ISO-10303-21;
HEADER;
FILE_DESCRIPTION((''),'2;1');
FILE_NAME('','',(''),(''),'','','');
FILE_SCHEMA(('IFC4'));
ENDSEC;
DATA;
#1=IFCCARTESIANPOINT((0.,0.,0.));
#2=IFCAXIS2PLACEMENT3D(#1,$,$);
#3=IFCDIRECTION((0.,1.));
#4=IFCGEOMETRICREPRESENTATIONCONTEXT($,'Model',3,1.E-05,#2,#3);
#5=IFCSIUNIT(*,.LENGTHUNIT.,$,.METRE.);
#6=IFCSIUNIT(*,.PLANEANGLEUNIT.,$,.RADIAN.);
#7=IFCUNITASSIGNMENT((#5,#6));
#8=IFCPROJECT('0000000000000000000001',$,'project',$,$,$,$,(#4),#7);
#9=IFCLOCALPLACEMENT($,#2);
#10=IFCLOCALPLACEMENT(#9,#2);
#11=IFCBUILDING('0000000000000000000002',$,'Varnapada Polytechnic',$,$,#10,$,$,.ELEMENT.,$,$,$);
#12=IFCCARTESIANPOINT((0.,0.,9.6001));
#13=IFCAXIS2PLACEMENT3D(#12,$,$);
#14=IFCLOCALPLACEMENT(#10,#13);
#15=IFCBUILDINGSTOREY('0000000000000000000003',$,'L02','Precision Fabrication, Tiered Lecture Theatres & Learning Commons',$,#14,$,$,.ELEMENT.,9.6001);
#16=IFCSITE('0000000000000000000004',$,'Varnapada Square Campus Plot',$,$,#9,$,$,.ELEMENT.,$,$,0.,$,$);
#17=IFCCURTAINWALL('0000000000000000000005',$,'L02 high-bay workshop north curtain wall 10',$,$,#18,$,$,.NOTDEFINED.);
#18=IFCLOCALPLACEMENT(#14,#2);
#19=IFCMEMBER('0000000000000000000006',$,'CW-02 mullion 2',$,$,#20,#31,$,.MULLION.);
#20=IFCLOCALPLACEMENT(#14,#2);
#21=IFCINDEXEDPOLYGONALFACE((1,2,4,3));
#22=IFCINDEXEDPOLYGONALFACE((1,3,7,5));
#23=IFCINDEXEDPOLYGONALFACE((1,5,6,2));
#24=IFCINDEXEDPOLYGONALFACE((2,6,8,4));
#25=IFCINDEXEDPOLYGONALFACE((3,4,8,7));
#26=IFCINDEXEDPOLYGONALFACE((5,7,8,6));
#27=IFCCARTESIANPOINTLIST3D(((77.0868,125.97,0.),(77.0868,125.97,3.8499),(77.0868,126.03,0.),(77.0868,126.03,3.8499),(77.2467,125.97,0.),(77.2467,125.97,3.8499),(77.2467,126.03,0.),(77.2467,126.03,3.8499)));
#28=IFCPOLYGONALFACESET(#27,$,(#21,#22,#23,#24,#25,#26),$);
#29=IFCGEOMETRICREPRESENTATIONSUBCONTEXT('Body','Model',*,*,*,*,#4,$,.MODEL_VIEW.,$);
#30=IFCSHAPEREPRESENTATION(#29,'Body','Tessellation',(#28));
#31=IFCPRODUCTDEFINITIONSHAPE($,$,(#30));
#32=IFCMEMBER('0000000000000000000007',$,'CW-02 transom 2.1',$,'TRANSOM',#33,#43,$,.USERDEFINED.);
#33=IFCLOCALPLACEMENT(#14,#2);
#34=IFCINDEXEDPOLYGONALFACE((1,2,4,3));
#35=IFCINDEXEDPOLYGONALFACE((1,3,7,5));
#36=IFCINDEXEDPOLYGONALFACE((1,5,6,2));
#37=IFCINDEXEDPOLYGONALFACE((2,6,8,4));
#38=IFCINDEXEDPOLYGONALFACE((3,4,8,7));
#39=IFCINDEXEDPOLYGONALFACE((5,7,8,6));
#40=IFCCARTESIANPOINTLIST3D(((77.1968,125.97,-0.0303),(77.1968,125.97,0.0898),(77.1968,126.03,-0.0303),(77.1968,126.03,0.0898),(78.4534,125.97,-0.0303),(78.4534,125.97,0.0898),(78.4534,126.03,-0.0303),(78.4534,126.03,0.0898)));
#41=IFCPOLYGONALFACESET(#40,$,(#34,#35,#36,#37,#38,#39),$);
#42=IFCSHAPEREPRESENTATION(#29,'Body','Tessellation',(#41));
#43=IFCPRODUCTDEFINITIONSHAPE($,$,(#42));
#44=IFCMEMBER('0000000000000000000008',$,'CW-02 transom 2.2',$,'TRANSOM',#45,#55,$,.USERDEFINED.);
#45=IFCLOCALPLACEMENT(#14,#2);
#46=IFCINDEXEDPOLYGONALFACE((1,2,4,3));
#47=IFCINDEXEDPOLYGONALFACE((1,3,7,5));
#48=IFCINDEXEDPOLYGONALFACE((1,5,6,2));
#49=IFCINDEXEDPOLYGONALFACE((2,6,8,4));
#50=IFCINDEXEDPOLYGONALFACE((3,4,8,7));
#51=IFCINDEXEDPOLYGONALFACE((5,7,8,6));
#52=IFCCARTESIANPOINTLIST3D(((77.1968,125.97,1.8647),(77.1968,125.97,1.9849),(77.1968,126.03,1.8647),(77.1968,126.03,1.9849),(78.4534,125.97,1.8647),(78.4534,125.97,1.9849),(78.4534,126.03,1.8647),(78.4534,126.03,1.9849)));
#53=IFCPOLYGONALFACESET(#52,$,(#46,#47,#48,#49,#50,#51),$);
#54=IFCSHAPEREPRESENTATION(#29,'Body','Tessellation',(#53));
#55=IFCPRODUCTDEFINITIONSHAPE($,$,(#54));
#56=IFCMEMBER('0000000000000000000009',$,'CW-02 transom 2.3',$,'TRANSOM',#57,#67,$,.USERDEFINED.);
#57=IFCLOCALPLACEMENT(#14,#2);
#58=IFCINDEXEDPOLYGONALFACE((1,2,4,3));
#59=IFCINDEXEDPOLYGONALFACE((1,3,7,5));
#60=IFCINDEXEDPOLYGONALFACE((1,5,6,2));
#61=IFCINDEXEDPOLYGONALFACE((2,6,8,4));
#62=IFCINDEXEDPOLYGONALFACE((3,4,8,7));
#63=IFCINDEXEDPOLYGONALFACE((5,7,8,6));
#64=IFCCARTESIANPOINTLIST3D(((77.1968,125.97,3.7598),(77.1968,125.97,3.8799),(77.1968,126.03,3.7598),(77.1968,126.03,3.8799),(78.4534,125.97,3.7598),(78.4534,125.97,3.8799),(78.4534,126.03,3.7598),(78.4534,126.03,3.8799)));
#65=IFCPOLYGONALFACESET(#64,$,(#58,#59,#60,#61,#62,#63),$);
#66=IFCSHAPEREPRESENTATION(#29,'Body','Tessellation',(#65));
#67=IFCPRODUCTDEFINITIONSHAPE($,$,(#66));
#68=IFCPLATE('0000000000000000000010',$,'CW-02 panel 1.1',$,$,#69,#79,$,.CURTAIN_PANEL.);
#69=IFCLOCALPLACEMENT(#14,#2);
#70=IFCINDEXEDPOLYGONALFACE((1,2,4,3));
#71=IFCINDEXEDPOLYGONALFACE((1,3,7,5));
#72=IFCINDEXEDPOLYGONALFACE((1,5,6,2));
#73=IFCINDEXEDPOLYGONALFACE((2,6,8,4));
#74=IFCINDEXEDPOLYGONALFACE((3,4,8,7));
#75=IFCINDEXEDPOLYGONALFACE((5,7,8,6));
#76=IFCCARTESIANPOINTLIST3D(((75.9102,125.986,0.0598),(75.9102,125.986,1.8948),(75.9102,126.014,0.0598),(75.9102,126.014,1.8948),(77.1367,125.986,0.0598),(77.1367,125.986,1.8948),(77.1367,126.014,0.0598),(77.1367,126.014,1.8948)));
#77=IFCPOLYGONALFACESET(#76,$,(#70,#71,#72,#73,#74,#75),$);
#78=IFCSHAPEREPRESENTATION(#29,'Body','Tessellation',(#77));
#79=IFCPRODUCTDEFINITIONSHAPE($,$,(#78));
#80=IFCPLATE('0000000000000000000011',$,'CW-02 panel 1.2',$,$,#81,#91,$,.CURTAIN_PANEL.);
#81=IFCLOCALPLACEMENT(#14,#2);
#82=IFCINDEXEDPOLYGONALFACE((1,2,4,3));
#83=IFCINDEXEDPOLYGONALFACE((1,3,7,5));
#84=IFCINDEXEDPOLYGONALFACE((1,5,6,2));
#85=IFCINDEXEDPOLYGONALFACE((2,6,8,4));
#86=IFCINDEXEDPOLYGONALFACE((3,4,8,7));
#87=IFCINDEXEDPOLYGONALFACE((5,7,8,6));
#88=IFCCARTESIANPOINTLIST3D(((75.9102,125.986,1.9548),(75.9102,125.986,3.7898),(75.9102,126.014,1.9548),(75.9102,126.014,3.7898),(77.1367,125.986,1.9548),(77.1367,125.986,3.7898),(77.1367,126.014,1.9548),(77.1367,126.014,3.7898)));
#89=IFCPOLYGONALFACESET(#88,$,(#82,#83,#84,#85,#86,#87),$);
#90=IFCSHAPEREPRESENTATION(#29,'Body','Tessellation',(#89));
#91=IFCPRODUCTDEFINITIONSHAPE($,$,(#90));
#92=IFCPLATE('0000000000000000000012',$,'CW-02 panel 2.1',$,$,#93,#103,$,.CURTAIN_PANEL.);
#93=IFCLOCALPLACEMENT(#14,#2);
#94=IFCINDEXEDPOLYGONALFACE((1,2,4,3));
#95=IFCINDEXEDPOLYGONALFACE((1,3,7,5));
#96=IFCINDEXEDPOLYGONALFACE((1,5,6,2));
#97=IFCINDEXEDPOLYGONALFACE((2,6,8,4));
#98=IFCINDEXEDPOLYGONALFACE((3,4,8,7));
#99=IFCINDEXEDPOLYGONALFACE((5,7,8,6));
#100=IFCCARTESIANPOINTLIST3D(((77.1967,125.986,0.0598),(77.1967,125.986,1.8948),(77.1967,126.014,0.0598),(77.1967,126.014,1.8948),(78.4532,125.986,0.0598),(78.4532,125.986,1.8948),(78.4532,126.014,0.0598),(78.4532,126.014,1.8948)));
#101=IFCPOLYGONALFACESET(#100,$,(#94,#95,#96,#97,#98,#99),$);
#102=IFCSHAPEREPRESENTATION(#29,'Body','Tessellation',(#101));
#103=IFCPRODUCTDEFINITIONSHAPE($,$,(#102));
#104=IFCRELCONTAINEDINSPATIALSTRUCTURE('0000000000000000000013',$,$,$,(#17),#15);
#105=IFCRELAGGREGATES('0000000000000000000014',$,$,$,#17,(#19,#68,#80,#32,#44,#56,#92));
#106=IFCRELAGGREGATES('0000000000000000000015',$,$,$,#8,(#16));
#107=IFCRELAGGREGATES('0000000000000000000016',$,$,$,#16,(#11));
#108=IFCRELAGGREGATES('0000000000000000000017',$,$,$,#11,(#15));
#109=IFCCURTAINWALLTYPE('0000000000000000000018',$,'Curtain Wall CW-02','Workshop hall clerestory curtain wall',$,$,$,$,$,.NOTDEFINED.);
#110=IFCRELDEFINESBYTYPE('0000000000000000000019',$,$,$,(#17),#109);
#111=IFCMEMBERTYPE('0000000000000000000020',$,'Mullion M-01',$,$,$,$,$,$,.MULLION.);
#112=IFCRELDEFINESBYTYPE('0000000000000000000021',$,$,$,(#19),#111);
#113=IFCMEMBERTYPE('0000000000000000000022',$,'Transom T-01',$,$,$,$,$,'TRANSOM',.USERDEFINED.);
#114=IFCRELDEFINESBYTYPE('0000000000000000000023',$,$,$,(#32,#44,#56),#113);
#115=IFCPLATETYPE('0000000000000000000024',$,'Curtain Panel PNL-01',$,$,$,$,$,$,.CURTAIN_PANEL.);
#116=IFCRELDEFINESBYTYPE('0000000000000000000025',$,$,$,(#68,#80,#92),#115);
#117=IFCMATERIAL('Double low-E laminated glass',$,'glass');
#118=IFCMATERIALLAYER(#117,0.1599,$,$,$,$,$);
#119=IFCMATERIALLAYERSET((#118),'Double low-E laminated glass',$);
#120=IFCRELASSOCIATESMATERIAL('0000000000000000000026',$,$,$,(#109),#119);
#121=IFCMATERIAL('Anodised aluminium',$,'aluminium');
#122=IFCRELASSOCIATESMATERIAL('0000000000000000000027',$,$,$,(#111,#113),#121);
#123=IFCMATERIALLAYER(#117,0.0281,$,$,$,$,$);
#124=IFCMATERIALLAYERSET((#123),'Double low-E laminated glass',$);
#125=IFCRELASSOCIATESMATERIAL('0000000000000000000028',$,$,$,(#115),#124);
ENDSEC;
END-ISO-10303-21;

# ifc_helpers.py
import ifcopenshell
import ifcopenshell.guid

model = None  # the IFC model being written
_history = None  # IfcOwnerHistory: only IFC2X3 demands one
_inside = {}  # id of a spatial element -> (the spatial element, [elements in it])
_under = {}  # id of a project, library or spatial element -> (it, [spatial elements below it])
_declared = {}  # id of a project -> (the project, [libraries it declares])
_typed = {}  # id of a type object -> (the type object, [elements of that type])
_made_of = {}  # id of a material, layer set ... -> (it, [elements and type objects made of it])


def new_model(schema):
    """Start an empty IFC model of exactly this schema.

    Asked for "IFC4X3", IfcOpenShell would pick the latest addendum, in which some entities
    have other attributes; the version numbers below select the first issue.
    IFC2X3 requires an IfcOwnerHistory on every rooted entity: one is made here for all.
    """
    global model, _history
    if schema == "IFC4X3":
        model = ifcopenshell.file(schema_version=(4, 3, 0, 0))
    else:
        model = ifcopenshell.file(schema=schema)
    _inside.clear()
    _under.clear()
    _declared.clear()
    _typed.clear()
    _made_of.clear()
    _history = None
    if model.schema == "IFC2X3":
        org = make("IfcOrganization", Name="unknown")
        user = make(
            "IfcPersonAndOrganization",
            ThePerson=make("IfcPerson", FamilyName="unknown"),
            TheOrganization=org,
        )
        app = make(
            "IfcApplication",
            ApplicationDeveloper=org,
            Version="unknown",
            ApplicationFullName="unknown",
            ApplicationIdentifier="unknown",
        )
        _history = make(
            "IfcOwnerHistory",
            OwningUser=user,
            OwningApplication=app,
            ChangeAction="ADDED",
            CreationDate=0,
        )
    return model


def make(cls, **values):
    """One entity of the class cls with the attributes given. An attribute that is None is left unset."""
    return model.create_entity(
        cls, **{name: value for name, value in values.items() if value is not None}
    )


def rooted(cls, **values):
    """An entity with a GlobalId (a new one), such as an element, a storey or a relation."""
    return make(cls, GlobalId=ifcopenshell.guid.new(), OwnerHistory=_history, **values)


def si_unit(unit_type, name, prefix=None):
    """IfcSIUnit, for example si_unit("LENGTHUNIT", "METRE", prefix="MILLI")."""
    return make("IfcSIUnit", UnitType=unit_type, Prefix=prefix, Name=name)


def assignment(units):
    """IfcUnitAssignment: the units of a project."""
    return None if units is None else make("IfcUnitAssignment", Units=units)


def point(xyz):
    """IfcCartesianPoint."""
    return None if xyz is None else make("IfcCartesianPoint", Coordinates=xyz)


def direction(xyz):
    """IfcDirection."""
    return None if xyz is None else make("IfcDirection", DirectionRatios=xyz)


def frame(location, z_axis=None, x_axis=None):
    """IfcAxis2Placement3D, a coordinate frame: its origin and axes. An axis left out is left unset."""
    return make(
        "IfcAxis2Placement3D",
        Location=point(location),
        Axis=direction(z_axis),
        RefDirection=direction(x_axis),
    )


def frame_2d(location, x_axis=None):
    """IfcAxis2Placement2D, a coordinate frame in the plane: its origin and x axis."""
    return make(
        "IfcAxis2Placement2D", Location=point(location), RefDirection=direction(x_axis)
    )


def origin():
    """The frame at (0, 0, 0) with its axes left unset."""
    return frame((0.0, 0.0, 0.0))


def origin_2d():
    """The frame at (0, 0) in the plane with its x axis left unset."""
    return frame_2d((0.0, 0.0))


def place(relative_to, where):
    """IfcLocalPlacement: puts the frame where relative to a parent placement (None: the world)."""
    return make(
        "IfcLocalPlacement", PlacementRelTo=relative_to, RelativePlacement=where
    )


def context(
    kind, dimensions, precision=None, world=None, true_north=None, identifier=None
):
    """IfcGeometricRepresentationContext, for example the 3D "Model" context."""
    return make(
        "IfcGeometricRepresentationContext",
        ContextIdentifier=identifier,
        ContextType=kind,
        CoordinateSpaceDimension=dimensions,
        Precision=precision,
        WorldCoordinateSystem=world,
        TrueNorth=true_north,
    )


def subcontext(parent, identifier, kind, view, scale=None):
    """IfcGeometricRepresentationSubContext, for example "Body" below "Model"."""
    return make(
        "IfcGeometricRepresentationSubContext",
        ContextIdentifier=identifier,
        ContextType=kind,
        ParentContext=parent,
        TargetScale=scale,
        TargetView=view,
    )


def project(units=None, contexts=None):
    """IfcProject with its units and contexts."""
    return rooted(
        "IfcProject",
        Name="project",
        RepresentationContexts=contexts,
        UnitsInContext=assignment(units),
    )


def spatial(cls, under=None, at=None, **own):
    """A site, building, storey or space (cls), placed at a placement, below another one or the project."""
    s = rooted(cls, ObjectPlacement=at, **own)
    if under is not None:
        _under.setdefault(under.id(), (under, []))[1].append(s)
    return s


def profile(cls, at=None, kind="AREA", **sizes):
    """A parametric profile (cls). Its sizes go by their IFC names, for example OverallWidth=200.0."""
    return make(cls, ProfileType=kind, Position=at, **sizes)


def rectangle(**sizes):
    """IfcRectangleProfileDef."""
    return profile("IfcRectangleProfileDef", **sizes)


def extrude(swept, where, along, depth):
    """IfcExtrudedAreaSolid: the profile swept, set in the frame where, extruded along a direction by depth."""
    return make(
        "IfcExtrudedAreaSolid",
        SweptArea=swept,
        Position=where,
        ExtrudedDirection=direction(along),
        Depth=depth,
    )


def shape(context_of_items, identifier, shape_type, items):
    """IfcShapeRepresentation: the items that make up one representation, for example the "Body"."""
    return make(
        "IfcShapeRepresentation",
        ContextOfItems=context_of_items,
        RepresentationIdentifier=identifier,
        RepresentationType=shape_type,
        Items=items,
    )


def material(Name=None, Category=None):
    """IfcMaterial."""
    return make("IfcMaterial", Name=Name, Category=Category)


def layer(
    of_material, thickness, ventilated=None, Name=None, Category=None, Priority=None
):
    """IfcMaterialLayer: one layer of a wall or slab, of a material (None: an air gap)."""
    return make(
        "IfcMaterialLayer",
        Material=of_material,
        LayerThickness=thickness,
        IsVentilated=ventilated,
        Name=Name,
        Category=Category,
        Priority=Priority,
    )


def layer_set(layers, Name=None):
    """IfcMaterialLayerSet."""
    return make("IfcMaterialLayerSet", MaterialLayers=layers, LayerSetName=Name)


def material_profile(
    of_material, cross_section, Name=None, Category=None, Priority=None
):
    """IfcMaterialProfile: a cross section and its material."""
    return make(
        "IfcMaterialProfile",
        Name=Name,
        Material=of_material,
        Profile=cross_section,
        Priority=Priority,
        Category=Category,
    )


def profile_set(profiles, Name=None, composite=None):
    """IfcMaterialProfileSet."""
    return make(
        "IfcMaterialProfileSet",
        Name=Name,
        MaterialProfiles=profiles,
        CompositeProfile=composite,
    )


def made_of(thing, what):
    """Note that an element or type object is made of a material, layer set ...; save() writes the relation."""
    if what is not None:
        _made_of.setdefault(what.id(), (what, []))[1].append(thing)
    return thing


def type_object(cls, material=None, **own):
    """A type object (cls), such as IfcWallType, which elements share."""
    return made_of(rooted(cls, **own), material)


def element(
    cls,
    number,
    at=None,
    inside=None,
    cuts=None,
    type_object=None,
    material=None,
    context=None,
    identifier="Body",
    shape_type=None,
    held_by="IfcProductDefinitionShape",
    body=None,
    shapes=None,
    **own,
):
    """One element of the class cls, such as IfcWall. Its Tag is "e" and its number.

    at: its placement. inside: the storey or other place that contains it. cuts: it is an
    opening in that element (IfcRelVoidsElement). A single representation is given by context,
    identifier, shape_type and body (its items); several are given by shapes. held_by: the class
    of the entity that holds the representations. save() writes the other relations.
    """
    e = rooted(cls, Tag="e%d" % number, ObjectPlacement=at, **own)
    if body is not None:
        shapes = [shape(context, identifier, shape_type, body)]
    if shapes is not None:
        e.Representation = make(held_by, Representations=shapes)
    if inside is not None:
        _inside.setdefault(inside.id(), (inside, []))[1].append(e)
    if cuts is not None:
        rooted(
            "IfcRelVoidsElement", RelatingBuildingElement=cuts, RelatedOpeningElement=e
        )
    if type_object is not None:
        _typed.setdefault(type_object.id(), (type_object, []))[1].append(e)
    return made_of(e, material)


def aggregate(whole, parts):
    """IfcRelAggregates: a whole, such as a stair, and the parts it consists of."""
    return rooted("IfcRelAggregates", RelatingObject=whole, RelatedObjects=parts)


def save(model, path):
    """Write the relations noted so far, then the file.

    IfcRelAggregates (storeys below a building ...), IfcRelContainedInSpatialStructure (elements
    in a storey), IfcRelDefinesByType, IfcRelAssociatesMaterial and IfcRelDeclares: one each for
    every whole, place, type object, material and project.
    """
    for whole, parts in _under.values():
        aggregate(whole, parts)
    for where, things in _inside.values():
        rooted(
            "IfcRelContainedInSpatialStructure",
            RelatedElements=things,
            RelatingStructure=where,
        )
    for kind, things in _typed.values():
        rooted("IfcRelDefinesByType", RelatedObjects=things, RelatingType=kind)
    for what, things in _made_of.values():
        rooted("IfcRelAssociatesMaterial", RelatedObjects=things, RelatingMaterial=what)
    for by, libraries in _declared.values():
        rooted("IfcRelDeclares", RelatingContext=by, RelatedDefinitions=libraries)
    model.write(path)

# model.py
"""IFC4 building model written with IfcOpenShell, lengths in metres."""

from ifc_helpers import new_model, si_unit, direction, frame, origin, origin_2d, place, context, subcontext, project, spatial, rectangle, extrude, material, layer, layer_set, material_profile, profile_set, type_object, element, aggregate, save


model = new_model("IFC4")

# Units and contexts
model_context = context("Model", 3, precision=1e-05, world=origin(), true_north=direction((0.0, 1.0)))
body_context = subcontext(model_context, "Body", "Model", "MODEL_VIEW")
ifc_project = project(units=[si_unit("LENGTHUNIT", "METRE"), si_unit("PLANEANGLEUNIT", "RADIAN")], contexts=[model_context])

# Site, building, storey
site_placement = place(None, origin())
site = spatial("IfcSite", under=ifc_project, at=site_placement, Name="Varnapada Square Campus Plot", CompositionType="ELEMENT", RefElevation=0.0)
building_placement = place(site_placement, origin())
building = spatial("IfcBuilding", under=site, at=building_placement, Name="Varnapada Polytechnic", CompositionType="ELEMENT")
storey_placement = place(building_placement, frame((0.0, 0.0, 9.6001)))
storey = spatial("IfcBuildingStorey", under=building, at=storey_placement, Name="L02", Description="Precision Fabrication, Tiered Lecture Theatres & Learning Commons", CompositionType="ELEMENT", Elevation=9.6001)

# Curtain wall, members, plates
ifc_material_1 = material(Name="Double low-E laminated glass", Category="glass")
ifc_layer_1 = layer(ifc_material_1, 0.1599)
ifc_layer_set_1 = layer_set([ifc_layer_1], Name="Double low-E laminated glass")
curtain_wall_type = type_object("IfcCurtainWallType", Name="Curtain Wall CW-02", Description="Workshop hall clerestory curtain wall", PredefinedType="NOTDEFINED", material=ifc_layer_set_1)
curtain_wall_placement = place(storey_placement, origin())
curtain_wall = element("IfcCurtainWall", 1, at=curtain_wall_placement, inside=storey, type_object=curtain_wall_type, Name="L02 high-bay workshop north curtain wall 10", PredefinedType="NOTDEFINED")
ifc_material_2 = material(Name="Anodised aluminium", Category="aluminium")
ifc_material_profile_1 = material_profile(ifc_material_2, rectangle(XDim=0.0601, YDim=0.1599, at=origin_2d()), Name="ALU M60x160")
ifc_profile_set_1 = profile_set([ifc_material_profile_1], Name="Anodised aluminium")
member_type_1 = type_object("IfcMemberType", Name="Mullion M-01", PredefinedType="MULLION", material=ifc_profile_set_1)
member_1_placement = place(storey_placement, frame((77.1667, 126.0, 0.0), z_axis=(0.0, 0.0, 1.0), x_axis=(0.0, 1.0, 0.0)))
member_1 = element("IfcMember", 2, at=member_1_placement, type_object=member_type_1, Name="CW-02 mullion 2", PredefinedType="MULLION", context=body_context, shape_type="SweptSolid", body=[
    extrude(rectangle(XDim=0.0601, YDim=0.1599, at=origin_2d()), origin(), (0.0, 0.0, 1.0), 3.8499),
])
ifc_material_profile_2 = material_profile(ifc_material_2, rectangle(XDim=0.0601, YDim=0.1201, at=origin_2d()), Name="ALU T60x120")
ifc_profile_set_2 = profile_set([ifc_material_profile_2], Name="Anodised aluminium")
member_type_2 = type_object("IfcMemberType", Name="Transom T-01", ElementType="TRANSOM", PredefinedType="USERDEFINED", material=ifc_profile_set_2)
member_2_placement = place(storey_placement, frame((77.1968, 126.0, 0.0298), z_axis=(1.0, 0.0, 0.0), x_axis=(0.0, 1.0, 0.0)))
member_2 = element("IfcMember", 3, at=member_2_placement, type_object=member_type_2, Name="CW-02 transom 2.1", ObjectType="TRANSOM", PredefinedType="USERDEFINED", context=body_context, shape_type="SweptSolid", body=[
    extrude(rectangle(XDim=0.0601, YDim=0.1201, at=origin_2d()), origin(), (0.0, 0.0, 1.0), 1.2566),
])
member_3_placement = place(storey_placement, frame((77.1968, 126.0, 1.9248), z_axis=(1.0, 0.0, 0.0), x_axis=(0.0, 1.0, 0.0)))
member_3 = element("IfcMember", 4, at=member_3_placement, type_object=member_type_2, Name="CW-02 transom 2.2", ObjectType="TRANSOM", PredefinedType="USERDEFINED", context=body_context, shape_type="SweptSolid", body=[
    extrude(rectangle(XDim=0.0601, YDim=0.1201, at=origin_2d()), origin(), (0.0, 0.0, 1.0), 1.2566),
])
member_4_placement = place(storey_placement, frame((77.1968, 126.0, 3.8198), z_axis=(1.0, 0.0, 0.0), x_axis=(0.0, 1.0, 0.0)))
member_4 = element("IfcMember", 5, at=member_4_placement, type_object=member_type_2, Name="CW-02 transom 2.3", ObjectType="TRANSOM", PredefinedType="USERDEFINED", context=body_context, shape_type="SweptSolid", body=[
    extrude(rectangle(XDim=0.0601, YDim=0.1201, at=origin_2d()), origin(), (0.0, 0.0, 1.0), 1.2566),
])
ifc_layer_2 = layer(ifc_material_1, 0.0281)
ifc_layer_set_2 = layer_set([ifc_layer_2], Name="Double low-E laminated glass")
plate_type = type_object("IfcPlateType", Name="Curtain Panel PNL-01", PredefinedType="CURTAIN_PANEL", material=ifc_layer_set_2)
plate_1_placement = place(storey_placement, frame((76.5234, 126.0, 0.0598), z_axis=(0.0, 0.0, 1.0), x_axis=(1.0, 0.0, 0.0)))
plate_1 = element("IfcPlate", 6, at=plate_1_placement, type_object=plate_type, Name="CW-02 panel 1.1", PredefinedType="CURTAIN_PANEL", context=body_context, shape_type="SweptSolid", body=[
    extrude(rectangle(XDim=1.2266, YDim=0.0281, at=origin_2d()), origin(), (0.0, 0.0, 1.0), 1.835),
])
plate_2_placement = place(storey_placement, frame((76.5234, 126.0, 1.9548), z_axis=(0.0, 0.0, 1.0), x_axis=(1.0, 0.0, 0.0)))
plate_2 = element("IfcPlate", 7, at=plate_2_placement, type_object=plate_type, Name="CW-02 panel 1.2", PredefinedType="CURTAIN_PANEL", context=body_context, shape_type="SweptSolid", body=[
    extrude(rectangle(XDim=1.2266, YDim=0.0281, at=origin_2d()), origin(), (0.0, 0.0, 1.0), 1.835),
])
plate_3_placement = place(storey_placement, frame((77.825, 126.0, 0.0598), z_axis=(0.0, 0.0, 1.0), x_axis=(1.0, 0.0, 0.0)))
plate_3 = element("IfcPlate", 8, at=plate_3_placement, type_object=plate_type, Name="CW-02 panel 2.1", PredefinedType="CURTAIN_PANEL", context=body_context, shape_type="SweptSolid", body=[
    extrude(rectangle(XDim=1.2566, YDim=0.0281, at=origin_2d()), origin(), (0.0, 0.0, 1.0), 1.835),
])
aggregate(curtain_wall, [member_1, plate_1, plate_2, member_2, member_3, member_4, plate_3])

save(model, "model.ifc")
